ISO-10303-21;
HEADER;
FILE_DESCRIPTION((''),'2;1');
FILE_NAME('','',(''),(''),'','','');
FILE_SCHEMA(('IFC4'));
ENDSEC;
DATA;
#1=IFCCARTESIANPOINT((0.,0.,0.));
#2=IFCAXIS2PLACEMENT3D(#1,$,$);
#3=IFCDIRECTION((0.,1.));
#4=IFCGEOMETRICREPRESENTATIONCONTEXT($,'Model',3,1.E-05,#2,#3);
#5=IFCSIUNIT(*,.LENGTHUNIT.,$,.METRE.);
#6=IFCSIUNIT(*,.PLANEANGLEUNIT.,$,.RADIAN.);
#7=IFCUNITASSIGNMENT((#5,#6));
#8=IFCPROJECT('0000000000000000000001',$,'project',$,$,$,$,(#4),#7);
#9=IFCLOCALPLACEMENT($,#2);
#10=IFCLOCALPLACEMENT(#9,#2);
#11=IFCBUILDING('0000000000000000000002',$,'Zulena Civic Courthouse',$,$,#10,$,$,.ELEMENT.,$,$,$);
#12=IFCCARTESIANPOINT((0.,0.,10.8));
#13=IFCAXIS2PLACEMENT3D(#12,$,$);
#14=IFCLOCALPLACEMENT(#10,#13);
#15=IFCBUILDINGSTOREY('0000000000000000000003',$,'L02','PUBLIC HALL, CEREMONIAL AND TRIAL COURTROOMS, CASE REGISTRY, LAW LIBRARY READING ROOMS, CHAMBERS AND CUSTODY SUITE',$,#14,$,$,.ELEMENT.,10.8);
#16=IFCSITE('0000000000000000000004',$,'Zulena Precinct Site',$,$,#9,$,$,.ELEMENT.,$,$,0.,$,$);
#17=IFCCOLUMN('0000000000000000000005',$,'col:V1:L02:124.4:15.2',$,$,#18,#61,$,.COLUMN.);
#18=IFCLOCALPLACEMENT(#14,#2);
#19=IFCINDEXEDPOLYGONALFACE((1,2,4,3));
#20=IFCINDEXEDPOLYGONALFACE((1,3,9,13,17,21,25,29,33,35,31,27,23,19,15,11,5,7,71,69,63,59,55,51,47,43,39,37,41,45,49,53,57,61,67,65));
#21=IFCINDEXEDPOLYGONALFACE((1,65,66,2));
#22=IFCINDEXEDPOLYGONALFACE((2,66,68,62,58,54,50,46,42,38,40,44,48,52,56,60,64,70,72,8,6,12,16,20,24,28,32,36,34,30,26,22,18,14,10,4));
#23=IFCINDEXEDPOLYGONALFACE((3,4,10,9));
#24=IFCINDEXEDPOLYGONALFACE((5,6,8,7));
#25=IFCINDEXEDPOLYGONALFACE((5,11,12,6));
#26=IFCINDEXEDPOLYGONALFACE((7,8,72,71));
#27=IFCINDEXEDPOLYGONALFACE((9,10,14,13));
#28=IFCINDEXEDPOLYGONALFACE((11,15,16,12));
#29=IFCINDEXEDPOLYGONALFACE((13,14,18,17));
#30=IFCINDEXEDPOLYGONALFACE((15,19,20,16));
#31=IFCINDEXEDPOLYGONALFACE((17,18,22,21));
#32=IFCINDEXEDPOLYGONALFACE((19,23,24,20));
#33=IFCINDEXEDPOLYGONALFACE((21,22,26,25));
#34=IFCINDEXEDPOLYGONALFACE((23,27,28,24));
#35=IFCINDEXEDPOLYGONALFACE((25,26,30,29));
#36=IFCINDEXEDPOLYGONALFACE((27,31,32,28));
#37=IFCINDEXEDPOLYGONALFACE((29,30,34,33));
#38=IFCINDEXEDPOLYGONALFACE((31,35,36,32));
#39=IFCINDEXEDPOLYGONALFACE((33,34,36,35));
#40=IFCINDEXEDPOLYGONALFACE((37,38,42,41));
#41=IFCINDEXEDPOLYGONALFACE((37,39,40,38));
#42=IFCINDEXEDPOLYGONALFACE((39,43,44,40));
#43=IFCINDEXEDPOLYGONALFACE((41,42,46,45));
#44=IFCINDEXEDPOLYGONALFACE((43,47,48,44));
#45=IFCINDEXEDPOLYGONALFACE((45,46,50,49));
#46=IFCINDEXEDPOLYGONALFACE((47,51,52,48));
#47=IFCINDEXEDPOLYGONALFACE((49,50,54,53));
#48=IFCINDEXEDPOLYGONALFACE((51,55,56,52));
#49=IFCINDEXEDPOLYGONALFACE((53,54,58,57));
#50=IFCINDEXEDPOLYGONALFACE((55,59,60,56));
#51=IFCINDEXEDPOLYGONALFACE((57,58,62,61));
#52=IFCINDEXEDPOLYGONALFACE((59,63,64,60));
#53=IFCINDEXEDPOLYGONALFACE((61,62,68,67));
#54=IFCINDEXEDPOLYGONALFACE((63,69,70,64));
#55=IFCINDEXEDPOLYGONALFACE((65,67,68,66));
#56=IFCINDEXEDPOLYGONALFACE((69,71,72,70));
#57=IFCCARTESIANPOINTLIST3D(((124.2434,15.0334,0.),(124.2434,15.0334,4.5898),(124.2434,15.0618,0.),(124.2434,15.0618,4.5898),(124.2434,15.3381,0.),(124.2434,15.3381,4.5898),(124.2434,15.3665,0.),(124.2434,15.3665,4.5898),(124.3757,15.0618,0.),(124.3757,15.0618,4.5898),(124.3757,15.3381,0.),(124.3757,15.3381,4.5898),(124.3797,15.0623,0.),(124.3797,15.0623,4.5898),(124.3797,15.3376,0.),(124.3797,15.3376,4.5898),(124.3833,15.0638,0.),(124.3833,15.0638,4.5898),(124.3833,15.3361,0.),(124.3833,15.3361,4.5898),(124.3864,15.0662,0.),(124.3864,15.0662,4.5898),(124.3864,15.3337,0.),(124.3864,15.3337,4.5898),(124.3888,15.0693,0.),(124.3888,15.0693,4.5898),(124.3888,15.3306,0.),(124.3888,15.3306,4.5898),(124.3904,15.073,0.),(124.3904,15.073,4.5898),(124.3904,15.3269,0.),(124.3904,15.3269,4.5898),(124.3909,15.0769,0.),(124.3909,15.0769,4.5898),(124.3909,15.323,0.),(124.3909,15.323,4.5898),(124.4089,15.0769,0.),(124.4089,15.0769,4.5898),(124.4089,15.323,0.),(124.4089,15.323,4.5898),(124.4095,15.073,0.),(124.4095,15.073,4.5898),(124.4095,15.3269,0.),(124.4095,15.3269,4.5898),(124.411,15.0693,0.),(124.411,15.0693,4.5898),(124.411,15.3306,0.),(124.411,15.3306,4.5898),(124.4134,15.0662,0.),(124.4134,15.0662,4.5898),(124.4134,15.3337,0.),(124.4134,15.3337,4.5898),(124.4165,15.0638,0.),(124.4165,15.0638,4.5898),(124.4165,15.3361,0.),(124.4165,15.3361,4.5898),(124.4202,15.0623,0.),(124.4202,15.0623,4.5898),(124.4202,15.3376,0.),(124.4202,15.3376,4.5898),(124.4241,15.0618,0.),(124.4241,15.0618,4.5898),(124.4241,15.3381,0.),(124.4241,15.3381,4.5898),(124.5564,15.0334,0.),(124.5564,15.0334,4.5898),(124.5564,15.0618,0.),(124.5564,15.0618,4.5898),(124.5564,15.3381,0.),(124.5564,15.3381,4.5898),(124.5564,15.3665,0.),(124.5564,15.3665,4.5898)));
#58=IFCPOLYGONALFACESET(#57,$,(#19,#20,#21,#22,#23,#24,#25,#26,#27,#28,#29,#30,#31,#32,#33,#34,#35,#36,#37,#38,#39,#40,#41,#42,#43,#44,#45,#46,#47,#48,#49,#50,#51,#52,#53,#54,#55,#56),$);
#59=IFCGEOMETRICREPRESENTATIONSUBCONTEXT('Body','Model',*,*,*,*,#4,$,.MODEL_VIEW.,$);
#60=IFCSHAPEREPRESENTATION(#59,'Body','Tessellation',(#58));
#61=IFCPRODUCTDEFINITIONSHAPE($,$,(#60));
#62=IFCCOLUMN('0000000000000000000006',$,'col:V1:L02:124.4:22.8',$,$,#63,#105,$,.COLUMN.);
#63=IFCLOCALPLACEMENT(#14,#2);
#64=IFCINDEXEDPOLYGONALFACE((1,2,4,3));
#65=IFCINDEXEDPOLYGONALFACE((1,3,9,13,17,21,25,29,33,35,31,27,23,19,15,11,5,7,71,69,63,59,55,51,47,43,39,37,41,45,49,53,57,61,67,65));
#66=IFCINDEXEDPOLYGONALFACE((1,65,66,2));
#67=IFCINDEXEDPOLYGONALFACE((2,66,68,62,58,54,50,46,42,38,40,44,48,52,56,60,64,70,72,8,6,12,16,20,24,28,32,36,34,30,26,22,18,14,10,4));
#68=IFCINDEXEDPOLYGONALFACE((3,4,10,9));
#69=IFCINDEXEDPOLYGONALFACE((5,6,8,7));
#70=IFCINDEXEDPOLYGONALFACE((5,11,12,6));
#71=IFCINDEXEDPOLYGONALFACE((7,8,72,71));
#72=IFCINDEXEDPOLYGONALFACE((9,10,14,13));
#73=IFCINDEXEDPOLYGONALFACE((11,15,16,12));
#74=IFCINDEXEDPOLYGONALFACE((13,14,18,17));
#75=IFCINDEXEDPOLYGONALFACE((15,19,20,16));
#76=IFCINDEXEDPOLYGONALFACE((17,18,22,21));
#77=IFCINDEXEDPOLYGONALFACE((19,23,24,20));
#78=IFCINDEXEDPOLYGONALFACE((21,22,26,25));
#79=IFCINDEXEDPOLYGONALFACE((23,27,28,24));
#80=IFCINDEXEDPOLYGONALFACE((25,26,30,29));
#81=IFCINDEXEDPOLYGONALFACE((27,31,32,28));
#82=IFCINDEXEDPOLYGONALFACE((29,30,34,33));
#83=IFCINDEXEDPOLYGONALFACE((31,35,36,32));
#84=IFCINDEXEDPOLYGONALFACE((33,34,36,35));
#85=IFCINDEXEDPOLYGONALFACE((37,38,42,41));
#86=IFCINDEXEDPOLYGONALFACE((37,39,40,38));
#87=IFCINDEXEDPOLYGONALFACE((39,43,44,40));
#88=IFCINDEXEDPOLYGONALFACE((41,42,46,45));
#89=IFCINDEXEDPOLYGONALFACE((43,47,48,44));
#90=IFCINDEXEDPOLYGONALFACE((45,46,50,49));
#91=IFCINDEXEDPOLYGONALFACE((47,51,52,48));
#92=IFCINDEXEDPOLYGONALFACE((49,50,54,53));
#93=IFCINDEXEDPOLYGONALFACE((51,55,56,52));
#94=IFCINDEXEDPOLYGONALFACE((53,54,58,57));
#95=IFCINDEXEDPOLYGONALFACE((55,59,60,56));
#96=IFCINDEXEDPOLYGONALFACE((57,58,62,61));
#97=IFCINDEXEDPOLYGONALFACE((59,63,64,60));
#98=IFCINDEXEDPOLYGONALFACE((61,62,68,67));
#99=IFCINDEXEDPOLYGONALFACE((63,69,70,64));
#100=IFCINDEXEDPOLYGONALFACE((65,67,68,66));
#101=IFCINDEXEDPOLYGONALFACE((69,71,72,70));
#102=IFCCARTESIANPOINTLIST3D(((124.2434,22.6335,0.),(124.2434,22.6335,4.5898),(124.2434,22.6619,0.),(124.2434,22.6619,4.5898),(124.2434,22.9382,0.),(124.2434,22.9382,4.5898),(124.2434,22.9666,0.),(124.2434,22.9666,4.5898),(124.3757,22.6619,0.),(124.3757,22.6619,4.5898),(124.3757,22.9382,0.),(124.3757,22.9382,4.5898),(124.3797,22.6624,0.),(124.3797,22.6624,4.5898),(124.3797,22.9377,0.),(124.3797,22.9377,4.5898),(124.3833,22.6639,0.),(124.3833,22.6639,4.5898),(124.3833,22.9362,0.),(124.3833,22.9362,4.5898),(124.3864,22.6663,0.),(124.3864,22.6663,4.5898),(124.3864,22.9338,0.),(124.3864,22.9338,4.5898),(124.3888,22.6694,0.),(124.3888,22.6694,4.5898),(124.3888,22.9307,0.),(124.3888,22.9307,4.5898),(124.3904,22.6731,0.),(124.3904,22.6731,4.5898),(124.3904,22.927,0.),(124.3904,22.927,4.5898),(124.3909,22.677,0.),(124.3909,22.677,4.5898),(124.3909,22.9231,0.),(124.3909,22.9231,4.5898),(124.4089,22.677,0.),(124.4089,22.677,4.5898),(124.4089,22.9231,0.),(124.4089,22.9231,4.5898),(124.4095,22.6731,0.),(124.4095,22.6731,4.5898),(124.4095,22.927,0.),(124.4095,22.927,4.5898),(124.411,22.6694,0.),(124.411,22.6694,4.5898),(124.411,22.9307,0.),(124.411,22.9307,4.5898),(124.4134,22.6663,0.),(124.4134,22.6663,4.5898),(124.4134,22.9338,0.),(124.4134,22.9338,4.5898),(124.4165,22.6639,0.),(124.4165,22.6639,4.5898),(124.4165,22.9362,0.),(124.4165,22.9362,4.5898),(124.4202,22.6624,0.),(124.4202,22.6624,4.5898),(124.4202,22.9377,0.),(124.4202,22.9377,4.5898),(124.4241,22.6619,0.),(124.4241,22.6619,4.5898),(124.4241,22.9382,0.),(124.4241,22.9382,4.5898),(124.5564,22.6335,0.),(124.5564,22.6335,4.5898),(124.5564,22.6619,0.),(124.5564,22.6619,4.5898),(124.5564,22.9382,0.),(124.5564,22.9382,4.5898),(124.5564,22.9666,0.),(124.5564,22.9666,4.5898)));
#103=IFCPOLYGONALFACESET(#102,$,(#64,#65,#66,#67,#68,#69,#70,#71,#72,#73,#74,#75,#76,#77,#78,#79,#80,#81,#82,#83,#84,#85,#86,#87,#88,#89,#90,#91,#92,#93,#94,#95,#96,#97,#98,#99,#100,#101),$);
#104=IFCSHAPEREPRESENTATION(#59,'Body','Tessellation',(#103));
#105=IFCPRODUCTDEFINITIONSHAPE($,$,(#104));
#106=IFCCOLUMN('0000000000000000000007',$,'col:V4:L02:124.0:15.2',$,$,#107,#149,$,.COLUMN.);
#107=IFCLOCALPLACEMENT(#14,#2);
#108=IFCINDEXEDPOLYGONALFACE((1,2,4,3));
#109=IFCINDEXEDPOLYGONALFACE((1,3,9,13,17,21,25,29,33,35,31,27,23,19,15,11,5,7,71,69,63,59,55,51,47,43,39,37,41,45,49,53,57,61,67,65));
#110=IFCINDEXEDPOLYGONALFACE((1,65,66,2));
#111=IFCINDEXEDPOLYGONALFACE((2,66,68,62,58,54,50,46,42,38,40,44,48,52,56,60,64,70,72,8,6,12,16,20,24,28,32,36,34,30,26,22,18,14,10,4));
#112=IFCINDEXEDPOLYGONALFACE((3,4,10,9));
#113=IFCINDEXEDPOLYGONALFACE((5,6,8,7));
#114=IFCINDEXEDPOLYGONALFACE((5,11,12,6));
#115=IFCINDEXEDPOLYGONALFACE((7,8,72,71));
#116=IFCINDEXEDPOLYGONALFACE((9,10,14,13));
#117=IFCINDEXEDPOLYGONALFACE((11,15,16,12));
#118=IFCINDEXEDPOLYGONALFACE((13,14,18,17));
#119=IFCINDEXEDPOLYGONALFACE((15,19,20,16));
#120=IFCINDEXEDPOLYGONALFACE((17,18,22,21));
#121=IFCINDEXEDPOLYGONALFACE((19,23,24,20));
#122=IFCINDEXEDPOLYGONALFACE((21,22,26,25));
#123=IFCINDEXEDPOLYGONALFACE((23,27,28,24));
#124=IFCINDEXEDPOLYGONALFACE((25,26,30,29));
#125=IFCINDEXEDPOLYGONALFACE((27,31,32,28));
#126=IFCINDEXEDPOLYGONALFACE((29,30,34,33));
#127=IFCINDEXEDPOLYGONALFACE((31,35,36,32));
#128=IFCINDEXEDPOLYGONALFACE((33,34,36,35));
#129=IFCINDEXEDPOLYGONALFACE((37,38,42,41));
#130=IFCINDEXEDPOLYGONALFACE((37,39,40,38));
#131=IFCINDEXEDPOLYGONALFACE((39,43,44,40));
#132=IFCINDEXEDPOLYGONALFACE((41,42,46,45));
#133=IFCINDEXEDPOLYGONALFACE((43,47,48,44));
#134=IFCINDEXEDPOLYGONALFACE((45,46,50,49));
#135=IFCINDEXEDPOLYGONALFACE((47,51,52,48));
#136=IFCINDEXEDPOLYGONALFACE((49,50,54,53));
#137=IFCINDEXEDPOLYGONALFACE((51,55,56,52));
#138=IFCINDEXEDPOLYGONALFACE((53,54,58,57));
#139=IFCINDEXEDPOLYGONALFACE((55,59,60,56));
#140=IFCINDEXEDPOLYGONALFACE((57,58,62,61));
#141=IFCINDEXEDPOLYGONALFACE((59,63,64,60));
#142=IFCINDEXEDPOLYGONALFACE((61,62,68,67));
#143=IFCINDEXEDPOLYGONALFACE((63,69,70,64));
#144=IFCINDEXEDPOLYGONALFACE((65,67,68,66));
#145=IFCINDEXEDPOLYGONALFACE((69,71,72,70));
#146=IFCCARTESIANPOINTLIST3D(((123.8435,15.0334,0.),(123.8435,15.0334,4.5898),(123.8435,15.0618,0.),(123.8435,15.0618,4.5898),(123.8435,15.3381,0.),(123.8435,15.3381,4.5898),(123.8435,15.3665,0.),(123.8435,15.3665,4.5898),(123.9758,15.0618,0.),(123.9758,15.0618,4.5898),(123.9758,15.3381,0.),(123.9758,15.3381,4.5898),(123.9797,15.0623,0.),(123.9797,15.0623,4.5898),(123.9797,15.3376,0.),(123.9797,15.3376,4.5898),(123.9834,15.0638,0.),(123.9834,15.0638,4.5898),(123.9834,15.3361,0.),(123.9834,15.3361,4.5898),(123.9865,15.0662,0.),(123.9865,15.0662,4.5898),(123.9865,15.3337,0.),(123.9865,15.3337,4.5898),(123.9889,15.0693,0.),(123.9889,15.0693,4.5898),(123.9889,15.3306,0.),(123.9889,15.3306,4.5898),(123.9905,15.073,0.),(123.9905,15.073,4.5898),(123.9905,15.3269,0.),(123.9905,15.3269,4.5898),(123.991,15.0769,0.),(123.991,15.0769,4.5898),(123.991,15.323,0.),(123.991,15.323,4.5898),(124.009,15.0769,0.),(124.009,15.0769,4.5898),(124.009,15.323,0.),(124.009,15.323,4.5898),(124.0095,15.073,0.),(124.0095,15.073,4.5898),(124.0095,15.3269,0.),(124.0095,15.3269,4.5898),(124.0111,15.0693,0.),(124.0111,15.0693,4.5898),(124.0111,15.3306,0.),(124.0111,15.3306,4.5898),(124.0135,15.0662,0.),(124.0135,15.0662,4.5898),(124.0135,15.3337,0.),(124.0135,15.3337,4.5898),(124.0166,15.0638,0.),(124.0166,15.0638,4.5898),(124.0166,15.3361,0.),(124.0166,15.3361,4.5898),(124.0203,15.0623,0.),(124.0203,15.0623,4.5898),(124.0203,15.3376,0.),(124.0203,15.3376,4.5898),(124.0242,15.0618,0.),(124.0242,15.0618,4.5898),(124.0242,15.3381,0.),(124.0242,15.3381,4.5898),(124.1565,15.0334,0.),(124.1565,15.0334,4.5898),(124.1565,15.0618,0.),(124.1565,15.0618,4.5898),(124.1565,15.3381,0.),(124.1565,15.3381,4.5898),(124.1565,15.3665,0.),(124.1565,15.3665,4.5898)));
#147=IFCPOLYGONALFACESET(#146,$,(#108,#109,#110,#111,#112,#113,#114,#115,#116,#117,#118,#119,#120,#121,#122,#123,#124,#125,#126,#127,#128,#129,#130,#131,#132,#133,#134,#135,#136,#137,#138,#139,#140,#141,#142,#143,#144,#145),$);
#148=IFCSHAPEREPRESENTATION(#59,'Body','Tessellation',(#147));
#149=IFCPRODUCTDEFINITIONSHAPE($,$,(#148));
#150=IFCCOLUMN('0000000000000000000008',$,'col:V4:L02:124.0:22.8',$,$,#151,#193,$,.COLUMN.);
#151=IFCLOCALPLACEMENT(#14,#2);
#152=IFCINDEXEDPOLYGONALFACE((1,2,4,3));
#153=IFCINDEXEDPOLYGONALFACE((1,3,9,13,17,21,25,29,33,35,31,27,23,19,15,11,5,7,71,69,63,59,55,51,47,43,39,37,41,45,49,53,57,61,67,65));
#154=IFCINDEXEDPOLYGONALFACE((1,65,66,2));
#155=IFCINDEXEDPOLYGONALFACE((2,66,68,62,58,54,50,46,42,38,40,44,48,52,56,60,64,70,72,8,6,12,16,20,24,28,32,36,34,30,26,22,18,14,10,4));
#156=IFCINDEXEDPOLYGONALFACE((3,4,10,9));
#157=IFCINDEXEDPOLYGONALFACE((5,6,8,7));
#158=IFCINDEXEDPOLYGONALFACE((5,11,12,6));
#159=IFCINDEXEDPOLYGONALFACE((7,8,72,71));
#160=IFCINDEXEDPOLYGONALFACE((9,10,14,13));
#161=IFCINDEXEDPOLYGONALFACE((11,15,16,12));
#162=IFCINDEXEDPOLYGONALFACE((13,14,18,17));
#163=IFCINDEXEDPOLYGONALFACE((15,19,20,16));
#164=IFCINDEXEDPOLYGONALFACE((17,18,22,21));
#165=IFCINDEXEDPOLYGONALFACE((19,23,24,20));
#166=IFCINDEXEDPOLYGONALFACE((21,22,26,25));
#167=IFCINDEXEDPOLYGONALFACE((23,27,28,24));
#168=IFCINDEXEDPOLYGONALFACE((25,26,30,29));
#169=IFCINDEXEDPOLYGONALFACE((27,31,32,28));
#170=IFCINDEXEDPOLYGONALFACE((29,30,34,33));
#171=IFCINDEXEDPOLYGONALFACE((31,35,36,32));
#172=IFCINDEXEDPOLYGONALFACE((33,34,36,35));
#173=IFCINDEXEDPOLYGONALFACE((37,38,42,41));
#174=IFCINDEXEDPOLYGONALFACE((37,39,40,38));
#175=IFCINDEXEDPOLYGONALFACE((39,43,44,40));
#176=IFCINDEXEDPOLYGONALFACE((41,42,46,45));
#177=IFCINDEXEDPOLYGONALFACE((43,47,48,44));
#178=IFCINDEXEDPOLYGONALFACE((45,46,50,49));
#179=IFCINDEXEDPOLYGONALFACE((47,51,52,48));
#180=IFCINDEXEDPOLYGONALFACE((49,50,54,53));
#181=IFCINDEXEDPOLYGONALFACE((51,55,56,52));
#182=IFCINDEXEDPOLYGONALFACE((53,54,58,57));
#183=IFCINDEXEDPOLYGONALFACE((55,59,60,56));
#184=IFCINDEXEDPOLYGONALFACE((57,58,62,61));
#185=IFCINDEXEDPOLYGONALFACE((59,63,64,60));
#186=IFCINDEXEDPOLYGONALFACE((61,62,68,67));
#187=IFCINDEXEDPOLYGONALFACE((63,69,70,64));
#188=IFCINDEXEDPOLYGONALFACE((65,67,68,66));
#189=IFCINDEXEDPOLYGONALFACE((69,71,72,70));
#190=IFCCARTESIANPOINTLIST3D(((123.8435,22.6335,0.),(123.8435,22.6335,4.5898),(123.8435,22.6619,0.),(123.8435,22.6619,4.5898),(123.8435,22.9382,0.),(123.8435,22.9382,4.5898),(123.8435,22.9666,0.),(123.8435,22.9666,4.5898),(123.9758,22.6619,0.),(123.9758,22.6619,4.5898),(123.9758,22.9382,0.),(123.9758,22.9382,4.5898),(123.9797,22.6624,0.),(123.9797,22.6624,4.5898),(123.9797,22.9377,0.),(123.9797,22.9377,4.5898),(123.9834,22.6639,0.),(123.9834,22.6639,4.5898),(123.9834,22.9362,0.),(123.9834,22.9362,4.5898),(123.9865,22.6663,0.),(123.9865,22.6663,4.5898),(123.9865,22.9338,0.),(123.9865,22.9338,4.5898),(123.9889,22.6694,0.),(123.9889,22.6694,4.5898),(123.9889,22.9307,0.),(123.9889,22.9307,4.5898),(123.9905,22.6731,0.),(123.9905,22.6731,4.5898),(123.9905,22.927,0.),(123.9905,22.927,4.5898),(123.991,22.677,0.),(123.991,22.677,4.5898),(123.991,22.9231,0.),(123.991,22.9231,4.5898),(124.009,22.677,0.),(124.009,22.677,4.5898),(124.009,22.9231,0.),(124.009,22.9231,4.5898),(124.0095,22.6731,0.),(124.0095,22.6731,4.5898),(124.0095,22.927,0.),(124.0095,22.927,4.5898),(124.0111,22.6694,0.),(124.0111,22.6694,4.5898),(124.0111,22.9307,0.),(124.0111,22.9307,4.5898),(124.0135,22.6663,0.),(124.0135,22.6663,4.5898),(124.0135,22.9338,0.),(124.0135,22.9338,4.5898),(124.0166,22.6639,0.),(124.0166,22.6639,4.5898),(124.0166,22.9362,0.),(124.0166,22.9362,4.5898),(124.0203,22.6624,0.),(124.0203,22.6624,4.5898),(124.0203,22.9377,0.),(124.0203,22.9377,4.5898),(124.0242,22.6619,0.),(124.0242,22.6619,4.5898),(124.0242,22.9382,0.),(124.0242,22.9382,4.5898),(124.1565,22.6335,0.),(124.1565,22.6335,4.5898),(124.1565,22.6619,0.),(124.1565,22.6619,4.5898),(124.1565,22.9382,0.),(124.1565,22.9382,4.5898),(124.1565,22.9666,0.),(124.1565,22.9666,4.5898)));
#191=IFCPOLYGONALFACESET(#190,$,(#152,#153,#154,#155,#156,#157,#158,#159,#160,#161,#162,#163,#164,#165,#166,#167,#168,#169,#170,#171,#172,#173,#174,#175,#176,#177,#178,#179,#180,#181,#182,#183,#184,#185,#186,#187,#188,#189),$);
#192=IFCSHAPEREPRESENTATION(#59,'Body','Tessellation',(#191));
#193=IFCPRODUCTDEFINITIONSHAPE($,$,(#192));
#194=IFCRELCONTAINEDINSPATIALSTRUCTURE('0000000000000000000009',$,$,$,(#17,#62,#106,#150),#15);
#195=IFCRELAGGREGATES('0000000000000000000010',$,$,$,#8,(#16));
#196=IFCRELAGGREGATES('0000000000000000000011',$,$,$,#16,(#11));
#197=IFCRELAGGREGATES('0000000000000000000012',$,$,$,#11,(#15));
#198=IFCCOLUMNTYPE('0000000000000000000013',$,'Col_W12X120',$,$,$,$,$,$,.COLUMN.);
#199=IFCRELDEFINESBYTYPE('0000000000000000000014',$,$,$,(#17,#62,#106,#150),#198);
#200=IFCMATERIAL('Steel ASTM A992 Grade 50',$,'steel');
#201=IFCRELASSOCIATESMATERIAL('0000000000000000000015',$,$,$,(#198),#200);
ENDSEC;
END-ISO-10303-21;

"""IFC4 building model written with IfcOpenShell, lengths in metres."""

from ifc_helpers import new_model, si_unit, direction, frame, origin, origin_2d, place, context, subcontext, project, spatial, i_section, extrude, material, material_profile, profile_set, type_object, element, save


model = new_model("IFC4")

# Units and contexts
model_context = context("Model", 3, precision=1e-05, world=origin(), true_north=direction((0.0, 1.0)))
body_context = subcontext(model_context, "Body", "Model", "MODEL_VIEW")
ifc_project = project(units=[si_unit("LENGTHUNIT", "METRE"), si_unit("PLANEANGLEUNIT", "RADIAN")], contexts=[model_context])

# Site, building, storey
site_placement = place(None, origin())
site = spatial("IfcSite", under=ifc_project, at=site_placement, Name="Zulena Precinct Site", CompositionType="ELEMENT", RefElevation=0.0)
building_placement = place(site_placement, origin())
building = spatial("IfcBuilding", under=site, at=building_placement, Name="Zulena Civic Courthouse", CompositionType="ELEMENT")
storey_placement = place(building_placement, frame((0.0, 0.0, 10.8)))
storey = spatial("IfcBuildingStorey", under=building, at=storey_placement, Name="L02", Description="PUBLIC HALL, CEREMONIAL AND TRIAL COURTROOMS, CASE REGISTRY, LAW LIBRARY READING ROOMS, CHAMBERS AND CUSTODY SUITE", CompositionType="ELEMENT", Elevation=10.8)

# Columns
ifc_material_1 = material(Name="Steel ASTM A992 Grade 50", Category="steel")
ifc_material_profile_1 = material_profile(ifc_material_1, i_section(OverallWidth=0.313, OverallDepth=0.333, WebThickness=0.0181, FlangeThickness=0.0283, FilletRadius=0.0151, at=origin_2d()), Name="W12X120")
ifc_profile_set_1 = profile_set([ifc_material_profile_1], Name="Steel ASTM A992 Grade 50")
column_type_1 = type_object("IfcColumnType", Name="Col_W12X120", PredefinedType="COLUMN", material=ifc_profile_set_1)
for number, where, z_axis, x_axis, name in (
    (1, (124.3999, 15.2, 0.0), (0.0, 0.0, 1.0), (1.0, 0.0, 0.0), "col:V1:L02:124.4:15.2"),
    (2, (124.3999, 22.8, 0.0), (0.0, 0.0, 1.0), (1.0, 0.0, 0.0), "col:V1:L02:124.4:22.8"),
    (3, (124.0, 15.2, 0.0), (0.0, 0.0, 1.0), (1.0, 0.0, 0.0), "col:V4:L02:124.0:15.2"),
    (4, (124.0, 22.8, 0.0), (0.0, 0.0, 1.0), (1.0, 0.0, 0.0), "col:V4:L02:124.0:22.8"),
):
    element("IfcColumn", number, at=place(storey_placement, frame(where, z_axis=z_axis, x_axis=x_axis)), inside=storey, type_object=column_type_1, Name=name, PredefinedType="COLUMN", context=body_context, shape_type="SweptSolid", body=[
        extrude(i_section(OverallWidth=0.313, OverallDepth=0.333, WebThickness=0.0181, FlangeThickness=0.0283, FilletRadius=0.0151, at=origin_2d()), origin(), (0.0, 0.0, 1.0), 4.5898),
    ])

save(model, "model.ifc")
